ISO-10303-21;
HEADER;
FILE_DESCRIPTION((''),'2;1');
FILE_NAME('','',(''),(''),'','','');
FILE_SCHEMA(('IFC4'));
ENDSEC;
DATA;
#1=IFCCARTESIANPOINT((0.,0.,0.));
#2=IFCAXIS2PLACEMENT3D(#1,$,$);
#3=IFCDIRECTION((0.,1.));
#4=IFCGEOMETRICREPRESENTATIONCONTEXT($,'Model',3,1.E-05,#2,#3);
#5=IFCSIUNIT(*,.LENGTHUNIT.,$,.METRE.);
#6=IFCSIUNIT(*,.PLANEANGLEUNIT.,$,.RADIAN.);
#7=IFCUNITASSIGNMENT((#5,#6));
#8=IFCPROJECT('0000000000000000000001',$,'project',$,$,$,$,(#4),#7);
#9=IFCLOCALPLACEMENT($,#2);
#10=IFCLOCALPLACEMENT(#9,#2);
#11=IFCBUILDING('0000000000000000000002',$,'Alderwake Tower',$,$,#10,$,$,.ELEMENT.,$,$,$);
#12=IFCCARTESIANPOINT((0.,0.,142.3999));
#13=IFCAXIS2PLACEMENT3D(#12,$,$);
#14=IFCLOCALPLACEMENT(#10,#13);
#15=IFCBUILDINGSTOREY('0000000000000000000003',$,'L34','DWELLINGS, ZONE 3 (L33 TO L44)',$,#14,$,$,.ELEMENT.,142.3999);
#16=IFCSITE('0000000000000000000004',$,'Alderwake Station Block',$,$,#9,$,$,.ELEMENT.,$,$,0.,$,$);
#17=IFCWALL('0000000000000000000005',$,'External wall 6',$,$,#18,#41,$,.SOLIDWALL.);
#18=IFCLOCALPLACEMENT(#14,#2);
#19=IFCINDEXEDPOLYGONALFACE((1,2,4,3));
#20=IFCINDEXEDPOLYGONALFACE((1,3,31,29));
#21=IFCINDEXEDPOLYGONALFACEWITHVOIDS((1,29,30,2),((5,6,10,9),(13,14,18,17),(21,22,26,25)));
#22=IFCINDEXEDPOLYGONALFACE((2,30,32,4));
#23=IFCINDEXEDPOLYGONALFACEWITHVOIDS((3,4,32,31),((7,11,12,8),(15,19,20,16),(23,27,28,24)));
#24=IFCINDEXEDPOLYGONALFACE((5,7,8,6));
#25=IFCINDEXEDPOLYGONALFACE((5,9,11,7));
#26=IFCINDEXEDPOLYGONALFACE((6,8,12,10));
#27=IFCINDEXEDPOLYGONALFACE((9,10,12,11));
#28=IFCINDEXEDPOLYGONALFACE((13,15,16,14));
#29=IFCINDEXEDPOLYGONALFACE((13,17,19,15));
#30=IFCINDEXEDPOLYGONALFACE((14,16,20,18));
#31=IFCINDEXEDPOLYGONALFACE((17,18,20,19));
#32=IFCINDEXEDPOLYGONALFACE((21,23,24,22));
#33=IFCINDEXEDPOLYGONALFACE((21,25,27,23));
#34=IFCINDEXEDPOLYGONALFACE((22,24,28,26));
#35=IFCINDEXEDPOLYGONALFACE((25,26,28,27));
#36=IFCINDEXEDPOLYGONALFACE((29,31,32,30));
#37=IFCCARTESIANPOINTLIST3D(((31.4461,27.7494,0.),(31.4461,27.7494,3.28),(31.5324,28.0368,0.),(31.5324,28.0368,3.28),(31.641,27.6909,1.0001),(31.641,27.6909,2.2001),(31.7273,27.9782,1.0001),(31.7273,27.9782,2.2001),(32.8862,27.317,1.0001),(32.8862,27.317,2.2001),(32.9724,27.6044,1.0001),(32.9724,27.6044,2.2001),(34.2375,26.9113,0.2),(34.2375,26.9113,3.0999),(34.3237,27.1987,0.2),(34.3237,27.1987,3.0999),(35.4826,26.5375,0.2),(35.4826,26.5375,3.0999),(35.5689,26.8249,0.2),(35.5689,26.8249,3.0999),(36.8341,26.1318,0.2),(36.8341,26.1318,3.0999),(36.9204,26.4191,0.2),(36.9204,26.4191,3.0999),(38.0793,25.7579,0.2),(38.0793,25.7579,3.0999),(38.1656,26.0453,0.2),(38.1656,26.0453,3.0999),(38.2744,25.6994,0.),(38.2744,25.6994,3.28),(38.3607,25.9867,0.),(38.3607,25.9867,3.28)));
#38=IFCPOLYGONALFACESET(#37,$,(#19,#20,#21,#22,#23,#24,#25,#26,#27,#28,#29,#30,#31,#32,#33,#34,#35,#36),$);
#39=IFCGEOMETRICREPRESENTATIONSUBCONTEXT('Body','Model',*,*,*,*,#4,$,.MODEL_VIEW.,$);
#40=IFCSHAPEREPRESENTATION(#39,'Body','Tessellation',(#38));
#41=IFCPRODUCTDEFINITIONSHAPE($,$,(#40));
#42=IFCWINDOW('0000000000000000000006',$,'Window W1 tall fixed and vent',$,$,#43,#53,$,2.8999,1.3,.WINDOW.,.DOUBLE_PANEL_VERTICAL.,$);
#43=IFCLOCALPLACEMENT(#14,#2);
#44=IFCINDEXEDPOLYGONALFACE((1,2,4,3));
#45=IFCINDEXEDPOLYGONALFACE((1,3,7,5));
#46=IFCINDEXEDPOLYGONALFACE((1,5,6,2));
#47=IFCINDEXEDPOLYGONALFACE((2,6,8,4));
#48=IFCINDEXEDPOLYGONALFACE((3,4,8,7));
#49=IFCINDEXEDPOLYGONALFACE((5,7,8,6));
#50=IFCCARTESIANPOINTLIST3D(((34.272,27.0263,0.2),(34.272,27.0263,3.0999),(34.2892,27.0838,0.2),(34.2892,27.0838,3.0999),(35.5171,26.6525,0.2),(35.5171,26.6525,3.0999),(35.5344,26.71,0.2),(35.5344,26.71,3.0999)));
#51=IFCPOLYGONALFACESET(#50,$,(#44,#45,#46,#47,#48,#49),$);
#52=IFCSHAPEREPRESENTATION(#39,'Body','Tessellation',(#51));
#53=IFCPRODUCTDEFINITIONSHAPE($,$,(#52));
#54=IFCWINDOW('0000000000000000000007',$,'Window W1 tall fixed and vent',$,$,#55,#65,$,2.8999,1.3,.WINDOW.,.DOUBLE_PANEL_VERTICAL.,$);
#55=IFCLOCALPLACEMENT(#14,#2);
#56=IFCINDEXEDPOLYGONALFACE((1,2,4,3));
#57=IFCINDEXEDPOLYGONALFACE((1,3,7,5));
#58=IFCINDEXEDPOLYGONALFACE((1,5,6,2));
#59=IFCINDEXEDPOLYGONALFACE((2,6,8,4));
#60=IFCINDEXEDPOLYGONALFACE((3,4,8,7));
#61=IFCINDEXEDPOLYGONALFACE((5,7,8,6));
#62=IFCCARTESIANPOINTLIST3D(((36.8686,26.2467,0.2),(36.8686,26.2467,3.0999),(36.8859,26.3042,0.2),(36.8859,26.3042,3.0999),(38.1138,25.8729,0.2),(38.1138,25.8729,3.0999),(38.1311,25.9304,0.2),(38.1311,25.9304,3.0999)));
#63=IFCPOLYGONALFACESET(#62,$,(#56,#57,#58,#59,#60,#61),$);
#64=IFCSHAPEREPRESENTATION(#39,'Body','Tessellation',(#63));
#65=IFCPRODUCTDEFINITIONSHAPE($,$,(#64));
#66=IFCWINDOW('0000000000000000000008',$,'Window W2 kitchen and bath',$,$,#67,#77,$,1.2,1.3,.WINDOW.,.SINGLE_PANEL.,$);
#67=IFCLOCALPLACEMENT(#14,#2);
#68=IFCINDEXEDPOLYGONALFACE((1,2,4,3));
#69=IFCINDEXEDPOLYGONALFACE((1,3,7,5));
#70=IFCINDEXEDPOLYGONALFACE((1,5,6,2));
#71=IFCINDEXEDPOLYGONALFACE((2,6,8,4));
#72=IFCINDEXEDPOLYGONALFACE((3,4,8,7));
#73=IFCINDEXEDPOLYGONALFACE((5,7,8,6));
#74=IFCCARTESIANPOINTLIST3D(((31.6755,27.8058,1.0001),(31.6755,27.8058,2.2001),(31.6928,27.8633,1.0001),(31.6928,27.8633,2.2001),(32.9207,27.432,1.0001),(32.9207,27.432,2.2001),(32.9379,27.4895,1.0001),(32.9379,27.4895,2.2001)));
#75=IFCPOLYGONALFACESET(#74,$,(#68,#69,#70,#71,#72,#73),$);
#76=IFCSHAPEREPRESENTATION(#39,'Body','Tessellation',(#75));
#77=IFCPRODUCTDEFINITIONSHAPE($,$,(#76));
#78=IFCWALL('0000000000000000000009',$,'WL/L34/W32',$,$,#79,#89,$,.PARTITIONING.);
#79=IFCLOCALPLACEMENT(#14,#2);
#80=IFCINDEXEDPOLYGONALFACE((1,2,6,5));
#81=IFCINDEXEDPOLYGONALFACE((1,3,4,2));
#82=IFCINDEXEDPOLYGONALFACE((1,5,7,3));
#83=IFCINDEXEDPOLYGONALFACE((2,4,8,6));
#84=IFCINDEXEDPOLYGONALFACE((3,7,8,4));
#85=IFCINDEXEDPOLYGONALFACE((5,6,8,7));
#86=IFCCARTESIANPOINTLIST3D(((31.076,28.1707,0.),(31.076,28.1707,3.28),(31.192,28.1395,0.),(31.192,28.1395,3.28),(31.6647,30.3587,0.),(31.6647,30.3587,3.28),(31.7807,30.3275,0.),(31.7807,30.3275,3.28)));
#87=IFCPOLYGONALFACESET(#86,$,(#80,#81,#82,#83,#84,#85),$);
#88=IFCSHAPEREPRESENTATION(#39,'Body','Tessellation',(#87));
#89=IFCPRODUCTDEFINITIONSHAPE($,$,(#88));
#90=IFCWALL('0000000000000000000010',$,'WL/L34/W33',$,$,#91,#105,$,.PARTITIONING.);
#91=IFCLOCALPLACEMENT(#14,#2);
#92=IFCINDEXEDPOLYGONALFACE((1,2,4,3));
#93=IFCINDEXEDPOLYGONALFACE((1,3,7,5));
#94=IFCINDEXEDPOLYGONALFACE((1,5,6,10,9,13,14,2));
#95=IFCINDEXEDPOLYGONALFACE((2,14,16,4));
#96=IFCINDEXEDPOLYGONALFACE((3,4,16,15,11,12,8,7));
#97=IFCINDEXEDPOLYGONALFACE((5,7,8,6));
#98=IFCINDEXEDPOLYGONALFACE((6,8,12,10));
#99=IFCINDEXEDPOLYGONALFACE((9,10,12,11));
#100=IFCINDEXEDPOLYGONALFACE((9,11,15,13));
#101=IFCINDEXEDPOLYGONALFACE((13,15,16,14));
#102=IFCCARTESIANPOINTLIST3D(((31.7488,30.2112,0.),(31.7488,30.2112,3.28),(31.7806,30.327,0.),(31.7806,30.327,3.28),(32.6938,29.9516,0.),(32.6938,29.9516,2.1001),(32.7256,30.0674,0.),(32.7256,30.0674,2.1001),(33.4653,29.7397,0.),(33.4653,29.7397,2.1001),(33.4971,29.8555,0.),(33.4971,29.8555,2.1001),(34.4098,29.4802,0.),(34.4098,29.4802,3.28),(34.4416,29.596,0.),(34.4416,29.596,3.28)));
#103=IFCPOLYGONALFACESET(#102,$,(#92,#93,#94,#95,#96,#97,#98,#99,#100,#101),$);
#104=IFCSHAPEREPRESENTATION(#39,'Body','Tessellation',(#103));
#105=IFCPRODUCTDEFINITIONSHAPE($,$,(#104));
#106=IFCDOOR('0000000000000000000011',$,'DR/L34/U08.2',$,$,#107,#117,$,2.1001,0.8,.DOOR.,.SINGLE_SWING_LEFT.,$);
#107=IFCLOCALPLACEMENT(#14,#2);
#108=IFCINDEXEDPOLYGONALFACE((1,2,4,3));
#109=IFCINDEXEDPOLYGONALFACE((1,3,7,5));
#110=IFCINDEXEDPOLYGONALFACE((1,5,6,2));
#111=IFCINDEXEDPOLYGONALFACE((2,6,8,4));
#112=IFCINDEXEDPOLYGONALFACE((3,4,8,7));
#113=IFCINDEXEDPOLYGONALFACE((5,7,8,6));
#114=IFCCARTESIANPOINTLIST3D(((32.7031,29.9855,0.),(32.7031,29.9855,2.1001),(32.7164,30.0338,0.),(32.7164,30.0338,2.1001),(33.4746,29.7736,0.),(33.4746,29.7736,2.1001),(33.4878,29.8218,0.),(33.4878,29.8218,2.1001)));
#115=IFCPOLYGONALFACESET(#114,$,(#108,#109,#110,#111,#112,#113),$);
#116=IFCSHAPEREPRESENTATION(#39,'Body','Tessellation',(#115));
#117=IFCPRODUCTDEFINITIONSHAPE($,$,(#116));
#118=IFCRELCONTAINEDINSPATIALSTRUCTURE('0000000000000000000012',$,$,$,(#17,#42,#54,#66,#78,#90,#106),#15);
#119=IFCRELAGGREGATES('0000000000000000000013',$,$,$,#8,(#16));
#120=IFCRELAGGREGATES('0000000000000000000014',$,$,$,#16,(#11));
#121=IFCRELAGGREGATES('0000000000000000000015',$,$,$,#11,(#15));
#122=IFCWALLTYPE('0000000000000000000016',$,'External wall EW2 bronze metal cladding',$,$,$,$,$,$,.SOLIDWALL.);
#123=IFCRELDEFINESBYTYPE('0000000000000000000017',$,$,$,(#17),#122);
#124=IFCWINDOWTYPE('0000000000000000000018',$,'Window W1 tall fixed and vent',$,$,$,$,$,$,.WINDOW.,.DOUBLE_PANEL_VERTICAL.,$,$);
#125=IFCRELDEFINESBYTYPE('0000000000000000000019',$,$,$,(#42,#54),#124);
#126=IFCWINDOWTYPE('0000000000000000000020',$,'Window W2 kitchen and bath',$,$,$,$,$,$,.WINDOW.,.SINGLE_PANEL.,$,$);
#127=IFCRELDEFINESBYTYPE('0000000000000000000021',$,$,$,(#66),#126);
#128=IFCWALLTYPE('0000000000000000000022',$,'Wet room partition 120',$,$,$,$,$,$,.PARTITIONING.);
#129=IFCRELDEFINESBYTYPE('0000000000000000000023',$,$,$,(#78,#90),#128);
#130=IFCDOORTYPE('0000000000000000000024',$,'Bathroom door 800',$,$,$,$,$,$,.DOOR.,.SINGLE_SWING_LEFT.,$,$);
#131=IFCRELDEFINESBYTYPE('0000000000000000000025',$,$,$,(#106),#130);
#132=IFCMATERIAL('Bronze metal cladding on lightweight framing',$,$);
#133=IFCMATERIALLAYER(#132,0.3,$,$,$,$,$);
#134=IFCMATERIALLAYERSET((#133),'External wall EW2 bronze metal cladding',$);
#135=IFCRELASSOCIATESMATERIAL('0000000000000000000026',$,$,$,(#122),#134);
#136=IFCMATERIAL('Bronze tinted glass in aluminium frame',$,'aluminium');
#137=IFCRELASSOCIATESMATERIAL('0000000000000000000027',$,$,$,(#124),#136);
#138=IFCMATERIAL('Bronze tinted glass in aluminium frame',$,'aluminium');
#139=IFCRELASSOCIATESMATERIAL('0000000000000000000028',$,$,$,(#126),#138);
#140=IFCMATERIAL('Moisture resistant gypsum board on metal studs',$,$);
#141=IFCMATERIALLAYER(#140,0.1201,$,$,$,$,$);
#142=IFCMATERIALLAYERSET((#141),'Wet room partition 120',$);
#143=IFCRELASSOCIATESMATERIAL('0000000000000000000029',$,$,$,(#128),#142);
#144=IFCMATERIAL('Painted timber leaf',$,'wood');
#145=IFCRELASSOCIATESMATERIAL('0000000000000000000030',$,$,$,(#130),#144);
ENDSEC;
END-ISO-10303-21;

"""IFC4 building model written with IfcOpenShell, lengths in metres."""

from ifc_helpers import new_model, si_unit, direction, frame, frame_2d, origin, place, context, subcontext, project, spatial, rectangle, extrude, material, layer, layer_set, type_object, element, fill, save


model = new_model("IFC4")

# Units and contexts
model_context = context("Model", 3, precision=1e-05, world=origin(), true_north=direction((0.0, 1.0)))
body_context = subcontext(model_context, "Body", "Model", "MODEL_VIEW")
ifc_project = project(units=[si_unit("LENGTHUNIT", "METRE"), si_unit("PLANEANGLEUNIT", "RADIAN")], contexts=[model_context])

# Site, building, storey
site_placement = place(None, origin())
site = spatial("IfcSite", under=ifc_project, at=site_placement, Name="Alderwake Station Block", CompositionType="ELEMENT", RefElevation=0.0)
building_placement = place(site_placement, origin())
building = spatial("IfcBuilding", under=site, at=building_placement, Name="Alderwake Tower", CompositionType="ELEMENT")
storey_placement = place(building_placement, frame((0.0, 0.0, 142.3999)))
storey = spatial("IfcBuildingStorey", under=building, at=storey_placement, Name="L34", Description="DWELLINGS, ZONE 3 (L33 TO L44)", CompositionType="ELEMENT", Elevation=142.3999)

# Wall, openings, windows
ifc_material_1 = material(Name="Bronze metal cladding on lightweight framing")
ifc_layer_1 = layer(ifc_material_1, 0.3)
ifc_layer_set_1 = layer_set([ifc_layer_1], Name="External wall EW2 bronze metal cladding")
wall_type_1 = type_object("IfcWallType", Name="External wall EW2 bronze metal cladding", PredefinedType="SOLIDWALL", material=ifc_layer_set_1)
ifc_material_2 = material(Name="Bronze tinted glass in aluminium frame", Category="aluminium")
window_type_1 = type_object("IfcWindowType", Name="Window W1 tall fixed and vent", PartitioningType="DOUBLE_PANEL_VERTICAL", PredefinedType="WINDOW", material=ifc_material_2)
wall_1_placement = place(storey_placement, frame((31.4893, 27.8931, 0.0), z_axis=(0.0, 0.0, 1.0), x_axis=(0.957767, -0.287546, 0.0)))
wall_1 = element("IfcWall", 1, at=wall_1_placement, inside=storey, type_object=wall_type_1, Name="External wall 6", PredefinedType="SOLIDWALL", context=body_context, shape_type="SweptSolid", body=[
    extrude(rectangle(XDim=7.1294, YDim=0.3, at=frame_2d((3.5647, 0.0))), origin(), (0.0, 0.0, 1.0), 3.28),
])
opening_1_placement = place(wall_1_placement, frame((0.2036, 0.0, 1.0)))
opening_1 = element("IfcOpeningElement", 2, at=opening_1_placement, cuts=wall_1, PredefinedType="OPENING", context=body_context, shape_type="SweptSolid", body=[
    extrude(rectangle(XDim=1.3, YDim=1.2, at=frame_2d((0.6499, 0.6001))), frame((0.0, 0.1599, 0.0), z_axis=(0.0, -1.0, 0.0), x_axis=(1.0, 0.0, 0.0)), (0.0, 0.0, 1.0), 0.3201),
])
opening_2_placement = place(wall_1_placement, frame((2.9146, 0.0, 0.2)))
opening_2 = element("IfcOpeningElement", 3, at=opening_2_placement, cuts=wall_1, PredefinedType="OPENING", context=body_context, shape_type="SweptSolid", body=[
    extrude(rectangle(XDim=1.3, YDim=2.8999, at=frame_2d((0.6499, 1.45))), frame((0.0, 0.1599, 0.0), z_axis=(0.0, -1.0, 0.0), x_axis=(1.0, 0.0, 0.0)), (0.0, 0.0, 1.0), 0.3201),
])
opening_3_placement = place(wall_1_placement, frame((5.6257, 0.0, 0.2)))
opening_3 = element("IfcOpeningElement", 4, at=opening_3_placement, cuts=wall_1, PredefinedType="OPENING", context=body_context, shape_type="SweptSolid", body=[
    extrude(rectangle(XDim=1.3, YDim=2.8999, at=frame_2d((0.6499, 1.45))), frame((0.0, 0.1599, 0.0), z_axis=(0.0, -1.0, 0.0), x_axis=(1.0, 0.0, 0.0)), (0.0, 0.0, 1.0), 0.3201),
])
window_1_placement = place(opening_2_placement, origin())
window_1 = element("IfcWindow", 5, at=window_1_placement, inside=storey, type_object=window_type_1, Name="Window W1 tall fixed and vent", OverallHeight=2.8999, OverallWidth=1.3, PartitioningType="DOUBLE_PANEL_VERTICAL", PredefinedType="WINDOW", context=body_context, shape_type="SweptSolid", body=[
    extrude(rectangle(XDim=1.3, YDim=2.8999, at=frame_2d((0.6499, 1.45))), frame((0.0, 0.03, 0.0), z_axis=(0.0, -1.0, 0.0), x_axis=(1.0, 0.0, 0.0)), (0.0, 0.0, 1.0), 0.0601),
])
fill(opening_2, window_1)
window_2_placement = place(opening_3_placement, origin())
window_2 = element("IfcWindow", 6, at=window_2_placement, inside=storey, type_object=window_type_1, Name="Window W1 tall fixed and vent", OverallHeight=2.8999, OverallWidth=1.3, PartitioningType="DOUBLE_PANEL_VERTICAL", PredefinedType="WINDOW", context=body_context, shape_type="SweptSolid", body=[
    extrude(rectangle(XDim=1.3, YDim=2.8999, at=frame_2d((0.6499, 1.45))), frame((0.0, 0.03, 0.0), z_axis=(0.0, -1.0, 0.0), x_axis=(1.0, 0.0, 0.0)), (0.0, 0.0, 1.0), 0.0601),
])
fill(opening_3, window_2)
ifc_material_3 = material(Name="Bronze tinted glass in aluminium frame", Category="aluminium")
window_type_2 = type_object("IfcWindowType", Name="Window W2 kitchen and bath", PartitioningType="SINGLE_PANEL", PredefinedType="WINDOW", material=ifc_material_3)
window_3_placement = place(opening_1_placement, origin())
window_3 = element("IfcWindow", 7, at=window_3_placement, inside=storey, type_object=window_type_2, Name="Window W2 kitchen and bath", OverallHeight=1.2, OverallWidth=1.3, PartitioningType="SINGLE_PANEL", PredefinedType="WINDOW", context=body_context, shape_type="SweptSolid", body=[
    extrude(rectangle(XDim=1.3, YDim=1.2, at=frame_2d((0.6499, 0.6001))), frame((0.0, 0.03, 0.0), z_axis=(0.0, -1.0, 0.0), x_axis=(1.0, 0.0, 0.0)), (0.0, 0.0, 1.0), 0.0601),
])
fill(opening_1, window_3)

# Wall
ifc_material_4 = material(Name="Moisture resistant gypsum board on metal studs")
ifc_layer_2 = layer(ifc_material_4, 0.1201)
ifc_layer_set_2 = layer_set([ifc_layer_2], Name="Wet room partition 120")
wall_type_2 = type_object("IfcWallType", Name="Wet room partition 120", PredefinedType="PARTITIONING", material=ifc_layer_set_2)
wall_2_placement = place(storey_placement, frame((31.7227, 30.343, 0.0), z_axis=(0.0, 0.0, 1.0), x_axis=(-0.259788, -0.965666, 0.0)))
element("IfcWall", 8, at=wall_2_placement, inside=storey, type_object=wall_type_2, Name="WL/L34/W32", PredefinedType="PARTITIONING", context=body_context, shape_type="SweptSolid", body=[
    extrude(rectangle(XDim=2.2659, YDim=0.1201, at=frame_2d((1.1328, 0.0))), origin(), (0.0, 0.0, 1.0), 3.28),
])

# Wall, opening, door
wall_3_placement = place(storey_placement, frame((34.4258, 29.5381, 0.0), z_axis=(0.0, 0.0, 1.0), x_axis=(-0.964278, 0.264891, 0.0)))
wall_3 = element("IfcWall", 9, at=wall_3_placement, inside=storey, type_object=wall_type_2, Name="WL/L34/W33", PredefinedType="PARTITIONING", context=body_context, shape_type="SweptSolid", body=[
    extrude(rectangle(XDim=2.7595, YDim=0.1201, at=frame_2d((1.3799, 0.0))), origin(), (0.0, 0.0, 1.0), 3.28),
])
opening_4_placement = place(wall_3_placement, frame((0.9797, 0.0, 0.0)))
opening_4 = element("IfcOpeningElement", 10, at=opening_4_placement, cuts=wall_3, PredefinedType="OPENING", context=body_context, shape_type="SweptSolid", body=[
    extrude(rectangle(XDim=0.8, YDim=2.1001, at=frame_2d((0.3999, 1.05))), frame((0.0, 0.0701, 0.0), z_axis=(0.0, -1.0, 0.0), x_axis=(1.0, 0.0, 0.0)), (0.0, 0.0, 1.0), 0.1401),
])
ifc_material_5 = material(Name="Painted timber leaf", Category="wood")
door_type_1 = type_object("IfcDoorType", Name="Bathroom door 800", OperationType="SINGLE_SWING_LEFT", PredefinedType="DOOR", material=ifc_material_5)
door_1_placement = place(opening_4_placement, origin())
door_1 = element("IfcDoor", 11, at=door_1_placement, inside=storey, type_object=door_type_1, Name="DR/L34/U08.2", OperationType="SINGLE_SWING_LEFT", OverallHeight=2.1001, OverallWidth=0.8, PredefinedType="DOOR", context=body_context, shape_type="SweptSolid", body=[
    extrude(rectangle(XDim=0.8, YDim=2.1001, at=frame_2d((0.3999, 1.05))), frame((0.0, 0.0249, 0.0), z_axis=(0.0, -1.0, 0.0), x_axis=(1.0, 0.0, 0.0)), (0.0, 0.0, 1.0), 0.05),
])
fill(opening_4, door_1)

save(model, "model.ifc")
